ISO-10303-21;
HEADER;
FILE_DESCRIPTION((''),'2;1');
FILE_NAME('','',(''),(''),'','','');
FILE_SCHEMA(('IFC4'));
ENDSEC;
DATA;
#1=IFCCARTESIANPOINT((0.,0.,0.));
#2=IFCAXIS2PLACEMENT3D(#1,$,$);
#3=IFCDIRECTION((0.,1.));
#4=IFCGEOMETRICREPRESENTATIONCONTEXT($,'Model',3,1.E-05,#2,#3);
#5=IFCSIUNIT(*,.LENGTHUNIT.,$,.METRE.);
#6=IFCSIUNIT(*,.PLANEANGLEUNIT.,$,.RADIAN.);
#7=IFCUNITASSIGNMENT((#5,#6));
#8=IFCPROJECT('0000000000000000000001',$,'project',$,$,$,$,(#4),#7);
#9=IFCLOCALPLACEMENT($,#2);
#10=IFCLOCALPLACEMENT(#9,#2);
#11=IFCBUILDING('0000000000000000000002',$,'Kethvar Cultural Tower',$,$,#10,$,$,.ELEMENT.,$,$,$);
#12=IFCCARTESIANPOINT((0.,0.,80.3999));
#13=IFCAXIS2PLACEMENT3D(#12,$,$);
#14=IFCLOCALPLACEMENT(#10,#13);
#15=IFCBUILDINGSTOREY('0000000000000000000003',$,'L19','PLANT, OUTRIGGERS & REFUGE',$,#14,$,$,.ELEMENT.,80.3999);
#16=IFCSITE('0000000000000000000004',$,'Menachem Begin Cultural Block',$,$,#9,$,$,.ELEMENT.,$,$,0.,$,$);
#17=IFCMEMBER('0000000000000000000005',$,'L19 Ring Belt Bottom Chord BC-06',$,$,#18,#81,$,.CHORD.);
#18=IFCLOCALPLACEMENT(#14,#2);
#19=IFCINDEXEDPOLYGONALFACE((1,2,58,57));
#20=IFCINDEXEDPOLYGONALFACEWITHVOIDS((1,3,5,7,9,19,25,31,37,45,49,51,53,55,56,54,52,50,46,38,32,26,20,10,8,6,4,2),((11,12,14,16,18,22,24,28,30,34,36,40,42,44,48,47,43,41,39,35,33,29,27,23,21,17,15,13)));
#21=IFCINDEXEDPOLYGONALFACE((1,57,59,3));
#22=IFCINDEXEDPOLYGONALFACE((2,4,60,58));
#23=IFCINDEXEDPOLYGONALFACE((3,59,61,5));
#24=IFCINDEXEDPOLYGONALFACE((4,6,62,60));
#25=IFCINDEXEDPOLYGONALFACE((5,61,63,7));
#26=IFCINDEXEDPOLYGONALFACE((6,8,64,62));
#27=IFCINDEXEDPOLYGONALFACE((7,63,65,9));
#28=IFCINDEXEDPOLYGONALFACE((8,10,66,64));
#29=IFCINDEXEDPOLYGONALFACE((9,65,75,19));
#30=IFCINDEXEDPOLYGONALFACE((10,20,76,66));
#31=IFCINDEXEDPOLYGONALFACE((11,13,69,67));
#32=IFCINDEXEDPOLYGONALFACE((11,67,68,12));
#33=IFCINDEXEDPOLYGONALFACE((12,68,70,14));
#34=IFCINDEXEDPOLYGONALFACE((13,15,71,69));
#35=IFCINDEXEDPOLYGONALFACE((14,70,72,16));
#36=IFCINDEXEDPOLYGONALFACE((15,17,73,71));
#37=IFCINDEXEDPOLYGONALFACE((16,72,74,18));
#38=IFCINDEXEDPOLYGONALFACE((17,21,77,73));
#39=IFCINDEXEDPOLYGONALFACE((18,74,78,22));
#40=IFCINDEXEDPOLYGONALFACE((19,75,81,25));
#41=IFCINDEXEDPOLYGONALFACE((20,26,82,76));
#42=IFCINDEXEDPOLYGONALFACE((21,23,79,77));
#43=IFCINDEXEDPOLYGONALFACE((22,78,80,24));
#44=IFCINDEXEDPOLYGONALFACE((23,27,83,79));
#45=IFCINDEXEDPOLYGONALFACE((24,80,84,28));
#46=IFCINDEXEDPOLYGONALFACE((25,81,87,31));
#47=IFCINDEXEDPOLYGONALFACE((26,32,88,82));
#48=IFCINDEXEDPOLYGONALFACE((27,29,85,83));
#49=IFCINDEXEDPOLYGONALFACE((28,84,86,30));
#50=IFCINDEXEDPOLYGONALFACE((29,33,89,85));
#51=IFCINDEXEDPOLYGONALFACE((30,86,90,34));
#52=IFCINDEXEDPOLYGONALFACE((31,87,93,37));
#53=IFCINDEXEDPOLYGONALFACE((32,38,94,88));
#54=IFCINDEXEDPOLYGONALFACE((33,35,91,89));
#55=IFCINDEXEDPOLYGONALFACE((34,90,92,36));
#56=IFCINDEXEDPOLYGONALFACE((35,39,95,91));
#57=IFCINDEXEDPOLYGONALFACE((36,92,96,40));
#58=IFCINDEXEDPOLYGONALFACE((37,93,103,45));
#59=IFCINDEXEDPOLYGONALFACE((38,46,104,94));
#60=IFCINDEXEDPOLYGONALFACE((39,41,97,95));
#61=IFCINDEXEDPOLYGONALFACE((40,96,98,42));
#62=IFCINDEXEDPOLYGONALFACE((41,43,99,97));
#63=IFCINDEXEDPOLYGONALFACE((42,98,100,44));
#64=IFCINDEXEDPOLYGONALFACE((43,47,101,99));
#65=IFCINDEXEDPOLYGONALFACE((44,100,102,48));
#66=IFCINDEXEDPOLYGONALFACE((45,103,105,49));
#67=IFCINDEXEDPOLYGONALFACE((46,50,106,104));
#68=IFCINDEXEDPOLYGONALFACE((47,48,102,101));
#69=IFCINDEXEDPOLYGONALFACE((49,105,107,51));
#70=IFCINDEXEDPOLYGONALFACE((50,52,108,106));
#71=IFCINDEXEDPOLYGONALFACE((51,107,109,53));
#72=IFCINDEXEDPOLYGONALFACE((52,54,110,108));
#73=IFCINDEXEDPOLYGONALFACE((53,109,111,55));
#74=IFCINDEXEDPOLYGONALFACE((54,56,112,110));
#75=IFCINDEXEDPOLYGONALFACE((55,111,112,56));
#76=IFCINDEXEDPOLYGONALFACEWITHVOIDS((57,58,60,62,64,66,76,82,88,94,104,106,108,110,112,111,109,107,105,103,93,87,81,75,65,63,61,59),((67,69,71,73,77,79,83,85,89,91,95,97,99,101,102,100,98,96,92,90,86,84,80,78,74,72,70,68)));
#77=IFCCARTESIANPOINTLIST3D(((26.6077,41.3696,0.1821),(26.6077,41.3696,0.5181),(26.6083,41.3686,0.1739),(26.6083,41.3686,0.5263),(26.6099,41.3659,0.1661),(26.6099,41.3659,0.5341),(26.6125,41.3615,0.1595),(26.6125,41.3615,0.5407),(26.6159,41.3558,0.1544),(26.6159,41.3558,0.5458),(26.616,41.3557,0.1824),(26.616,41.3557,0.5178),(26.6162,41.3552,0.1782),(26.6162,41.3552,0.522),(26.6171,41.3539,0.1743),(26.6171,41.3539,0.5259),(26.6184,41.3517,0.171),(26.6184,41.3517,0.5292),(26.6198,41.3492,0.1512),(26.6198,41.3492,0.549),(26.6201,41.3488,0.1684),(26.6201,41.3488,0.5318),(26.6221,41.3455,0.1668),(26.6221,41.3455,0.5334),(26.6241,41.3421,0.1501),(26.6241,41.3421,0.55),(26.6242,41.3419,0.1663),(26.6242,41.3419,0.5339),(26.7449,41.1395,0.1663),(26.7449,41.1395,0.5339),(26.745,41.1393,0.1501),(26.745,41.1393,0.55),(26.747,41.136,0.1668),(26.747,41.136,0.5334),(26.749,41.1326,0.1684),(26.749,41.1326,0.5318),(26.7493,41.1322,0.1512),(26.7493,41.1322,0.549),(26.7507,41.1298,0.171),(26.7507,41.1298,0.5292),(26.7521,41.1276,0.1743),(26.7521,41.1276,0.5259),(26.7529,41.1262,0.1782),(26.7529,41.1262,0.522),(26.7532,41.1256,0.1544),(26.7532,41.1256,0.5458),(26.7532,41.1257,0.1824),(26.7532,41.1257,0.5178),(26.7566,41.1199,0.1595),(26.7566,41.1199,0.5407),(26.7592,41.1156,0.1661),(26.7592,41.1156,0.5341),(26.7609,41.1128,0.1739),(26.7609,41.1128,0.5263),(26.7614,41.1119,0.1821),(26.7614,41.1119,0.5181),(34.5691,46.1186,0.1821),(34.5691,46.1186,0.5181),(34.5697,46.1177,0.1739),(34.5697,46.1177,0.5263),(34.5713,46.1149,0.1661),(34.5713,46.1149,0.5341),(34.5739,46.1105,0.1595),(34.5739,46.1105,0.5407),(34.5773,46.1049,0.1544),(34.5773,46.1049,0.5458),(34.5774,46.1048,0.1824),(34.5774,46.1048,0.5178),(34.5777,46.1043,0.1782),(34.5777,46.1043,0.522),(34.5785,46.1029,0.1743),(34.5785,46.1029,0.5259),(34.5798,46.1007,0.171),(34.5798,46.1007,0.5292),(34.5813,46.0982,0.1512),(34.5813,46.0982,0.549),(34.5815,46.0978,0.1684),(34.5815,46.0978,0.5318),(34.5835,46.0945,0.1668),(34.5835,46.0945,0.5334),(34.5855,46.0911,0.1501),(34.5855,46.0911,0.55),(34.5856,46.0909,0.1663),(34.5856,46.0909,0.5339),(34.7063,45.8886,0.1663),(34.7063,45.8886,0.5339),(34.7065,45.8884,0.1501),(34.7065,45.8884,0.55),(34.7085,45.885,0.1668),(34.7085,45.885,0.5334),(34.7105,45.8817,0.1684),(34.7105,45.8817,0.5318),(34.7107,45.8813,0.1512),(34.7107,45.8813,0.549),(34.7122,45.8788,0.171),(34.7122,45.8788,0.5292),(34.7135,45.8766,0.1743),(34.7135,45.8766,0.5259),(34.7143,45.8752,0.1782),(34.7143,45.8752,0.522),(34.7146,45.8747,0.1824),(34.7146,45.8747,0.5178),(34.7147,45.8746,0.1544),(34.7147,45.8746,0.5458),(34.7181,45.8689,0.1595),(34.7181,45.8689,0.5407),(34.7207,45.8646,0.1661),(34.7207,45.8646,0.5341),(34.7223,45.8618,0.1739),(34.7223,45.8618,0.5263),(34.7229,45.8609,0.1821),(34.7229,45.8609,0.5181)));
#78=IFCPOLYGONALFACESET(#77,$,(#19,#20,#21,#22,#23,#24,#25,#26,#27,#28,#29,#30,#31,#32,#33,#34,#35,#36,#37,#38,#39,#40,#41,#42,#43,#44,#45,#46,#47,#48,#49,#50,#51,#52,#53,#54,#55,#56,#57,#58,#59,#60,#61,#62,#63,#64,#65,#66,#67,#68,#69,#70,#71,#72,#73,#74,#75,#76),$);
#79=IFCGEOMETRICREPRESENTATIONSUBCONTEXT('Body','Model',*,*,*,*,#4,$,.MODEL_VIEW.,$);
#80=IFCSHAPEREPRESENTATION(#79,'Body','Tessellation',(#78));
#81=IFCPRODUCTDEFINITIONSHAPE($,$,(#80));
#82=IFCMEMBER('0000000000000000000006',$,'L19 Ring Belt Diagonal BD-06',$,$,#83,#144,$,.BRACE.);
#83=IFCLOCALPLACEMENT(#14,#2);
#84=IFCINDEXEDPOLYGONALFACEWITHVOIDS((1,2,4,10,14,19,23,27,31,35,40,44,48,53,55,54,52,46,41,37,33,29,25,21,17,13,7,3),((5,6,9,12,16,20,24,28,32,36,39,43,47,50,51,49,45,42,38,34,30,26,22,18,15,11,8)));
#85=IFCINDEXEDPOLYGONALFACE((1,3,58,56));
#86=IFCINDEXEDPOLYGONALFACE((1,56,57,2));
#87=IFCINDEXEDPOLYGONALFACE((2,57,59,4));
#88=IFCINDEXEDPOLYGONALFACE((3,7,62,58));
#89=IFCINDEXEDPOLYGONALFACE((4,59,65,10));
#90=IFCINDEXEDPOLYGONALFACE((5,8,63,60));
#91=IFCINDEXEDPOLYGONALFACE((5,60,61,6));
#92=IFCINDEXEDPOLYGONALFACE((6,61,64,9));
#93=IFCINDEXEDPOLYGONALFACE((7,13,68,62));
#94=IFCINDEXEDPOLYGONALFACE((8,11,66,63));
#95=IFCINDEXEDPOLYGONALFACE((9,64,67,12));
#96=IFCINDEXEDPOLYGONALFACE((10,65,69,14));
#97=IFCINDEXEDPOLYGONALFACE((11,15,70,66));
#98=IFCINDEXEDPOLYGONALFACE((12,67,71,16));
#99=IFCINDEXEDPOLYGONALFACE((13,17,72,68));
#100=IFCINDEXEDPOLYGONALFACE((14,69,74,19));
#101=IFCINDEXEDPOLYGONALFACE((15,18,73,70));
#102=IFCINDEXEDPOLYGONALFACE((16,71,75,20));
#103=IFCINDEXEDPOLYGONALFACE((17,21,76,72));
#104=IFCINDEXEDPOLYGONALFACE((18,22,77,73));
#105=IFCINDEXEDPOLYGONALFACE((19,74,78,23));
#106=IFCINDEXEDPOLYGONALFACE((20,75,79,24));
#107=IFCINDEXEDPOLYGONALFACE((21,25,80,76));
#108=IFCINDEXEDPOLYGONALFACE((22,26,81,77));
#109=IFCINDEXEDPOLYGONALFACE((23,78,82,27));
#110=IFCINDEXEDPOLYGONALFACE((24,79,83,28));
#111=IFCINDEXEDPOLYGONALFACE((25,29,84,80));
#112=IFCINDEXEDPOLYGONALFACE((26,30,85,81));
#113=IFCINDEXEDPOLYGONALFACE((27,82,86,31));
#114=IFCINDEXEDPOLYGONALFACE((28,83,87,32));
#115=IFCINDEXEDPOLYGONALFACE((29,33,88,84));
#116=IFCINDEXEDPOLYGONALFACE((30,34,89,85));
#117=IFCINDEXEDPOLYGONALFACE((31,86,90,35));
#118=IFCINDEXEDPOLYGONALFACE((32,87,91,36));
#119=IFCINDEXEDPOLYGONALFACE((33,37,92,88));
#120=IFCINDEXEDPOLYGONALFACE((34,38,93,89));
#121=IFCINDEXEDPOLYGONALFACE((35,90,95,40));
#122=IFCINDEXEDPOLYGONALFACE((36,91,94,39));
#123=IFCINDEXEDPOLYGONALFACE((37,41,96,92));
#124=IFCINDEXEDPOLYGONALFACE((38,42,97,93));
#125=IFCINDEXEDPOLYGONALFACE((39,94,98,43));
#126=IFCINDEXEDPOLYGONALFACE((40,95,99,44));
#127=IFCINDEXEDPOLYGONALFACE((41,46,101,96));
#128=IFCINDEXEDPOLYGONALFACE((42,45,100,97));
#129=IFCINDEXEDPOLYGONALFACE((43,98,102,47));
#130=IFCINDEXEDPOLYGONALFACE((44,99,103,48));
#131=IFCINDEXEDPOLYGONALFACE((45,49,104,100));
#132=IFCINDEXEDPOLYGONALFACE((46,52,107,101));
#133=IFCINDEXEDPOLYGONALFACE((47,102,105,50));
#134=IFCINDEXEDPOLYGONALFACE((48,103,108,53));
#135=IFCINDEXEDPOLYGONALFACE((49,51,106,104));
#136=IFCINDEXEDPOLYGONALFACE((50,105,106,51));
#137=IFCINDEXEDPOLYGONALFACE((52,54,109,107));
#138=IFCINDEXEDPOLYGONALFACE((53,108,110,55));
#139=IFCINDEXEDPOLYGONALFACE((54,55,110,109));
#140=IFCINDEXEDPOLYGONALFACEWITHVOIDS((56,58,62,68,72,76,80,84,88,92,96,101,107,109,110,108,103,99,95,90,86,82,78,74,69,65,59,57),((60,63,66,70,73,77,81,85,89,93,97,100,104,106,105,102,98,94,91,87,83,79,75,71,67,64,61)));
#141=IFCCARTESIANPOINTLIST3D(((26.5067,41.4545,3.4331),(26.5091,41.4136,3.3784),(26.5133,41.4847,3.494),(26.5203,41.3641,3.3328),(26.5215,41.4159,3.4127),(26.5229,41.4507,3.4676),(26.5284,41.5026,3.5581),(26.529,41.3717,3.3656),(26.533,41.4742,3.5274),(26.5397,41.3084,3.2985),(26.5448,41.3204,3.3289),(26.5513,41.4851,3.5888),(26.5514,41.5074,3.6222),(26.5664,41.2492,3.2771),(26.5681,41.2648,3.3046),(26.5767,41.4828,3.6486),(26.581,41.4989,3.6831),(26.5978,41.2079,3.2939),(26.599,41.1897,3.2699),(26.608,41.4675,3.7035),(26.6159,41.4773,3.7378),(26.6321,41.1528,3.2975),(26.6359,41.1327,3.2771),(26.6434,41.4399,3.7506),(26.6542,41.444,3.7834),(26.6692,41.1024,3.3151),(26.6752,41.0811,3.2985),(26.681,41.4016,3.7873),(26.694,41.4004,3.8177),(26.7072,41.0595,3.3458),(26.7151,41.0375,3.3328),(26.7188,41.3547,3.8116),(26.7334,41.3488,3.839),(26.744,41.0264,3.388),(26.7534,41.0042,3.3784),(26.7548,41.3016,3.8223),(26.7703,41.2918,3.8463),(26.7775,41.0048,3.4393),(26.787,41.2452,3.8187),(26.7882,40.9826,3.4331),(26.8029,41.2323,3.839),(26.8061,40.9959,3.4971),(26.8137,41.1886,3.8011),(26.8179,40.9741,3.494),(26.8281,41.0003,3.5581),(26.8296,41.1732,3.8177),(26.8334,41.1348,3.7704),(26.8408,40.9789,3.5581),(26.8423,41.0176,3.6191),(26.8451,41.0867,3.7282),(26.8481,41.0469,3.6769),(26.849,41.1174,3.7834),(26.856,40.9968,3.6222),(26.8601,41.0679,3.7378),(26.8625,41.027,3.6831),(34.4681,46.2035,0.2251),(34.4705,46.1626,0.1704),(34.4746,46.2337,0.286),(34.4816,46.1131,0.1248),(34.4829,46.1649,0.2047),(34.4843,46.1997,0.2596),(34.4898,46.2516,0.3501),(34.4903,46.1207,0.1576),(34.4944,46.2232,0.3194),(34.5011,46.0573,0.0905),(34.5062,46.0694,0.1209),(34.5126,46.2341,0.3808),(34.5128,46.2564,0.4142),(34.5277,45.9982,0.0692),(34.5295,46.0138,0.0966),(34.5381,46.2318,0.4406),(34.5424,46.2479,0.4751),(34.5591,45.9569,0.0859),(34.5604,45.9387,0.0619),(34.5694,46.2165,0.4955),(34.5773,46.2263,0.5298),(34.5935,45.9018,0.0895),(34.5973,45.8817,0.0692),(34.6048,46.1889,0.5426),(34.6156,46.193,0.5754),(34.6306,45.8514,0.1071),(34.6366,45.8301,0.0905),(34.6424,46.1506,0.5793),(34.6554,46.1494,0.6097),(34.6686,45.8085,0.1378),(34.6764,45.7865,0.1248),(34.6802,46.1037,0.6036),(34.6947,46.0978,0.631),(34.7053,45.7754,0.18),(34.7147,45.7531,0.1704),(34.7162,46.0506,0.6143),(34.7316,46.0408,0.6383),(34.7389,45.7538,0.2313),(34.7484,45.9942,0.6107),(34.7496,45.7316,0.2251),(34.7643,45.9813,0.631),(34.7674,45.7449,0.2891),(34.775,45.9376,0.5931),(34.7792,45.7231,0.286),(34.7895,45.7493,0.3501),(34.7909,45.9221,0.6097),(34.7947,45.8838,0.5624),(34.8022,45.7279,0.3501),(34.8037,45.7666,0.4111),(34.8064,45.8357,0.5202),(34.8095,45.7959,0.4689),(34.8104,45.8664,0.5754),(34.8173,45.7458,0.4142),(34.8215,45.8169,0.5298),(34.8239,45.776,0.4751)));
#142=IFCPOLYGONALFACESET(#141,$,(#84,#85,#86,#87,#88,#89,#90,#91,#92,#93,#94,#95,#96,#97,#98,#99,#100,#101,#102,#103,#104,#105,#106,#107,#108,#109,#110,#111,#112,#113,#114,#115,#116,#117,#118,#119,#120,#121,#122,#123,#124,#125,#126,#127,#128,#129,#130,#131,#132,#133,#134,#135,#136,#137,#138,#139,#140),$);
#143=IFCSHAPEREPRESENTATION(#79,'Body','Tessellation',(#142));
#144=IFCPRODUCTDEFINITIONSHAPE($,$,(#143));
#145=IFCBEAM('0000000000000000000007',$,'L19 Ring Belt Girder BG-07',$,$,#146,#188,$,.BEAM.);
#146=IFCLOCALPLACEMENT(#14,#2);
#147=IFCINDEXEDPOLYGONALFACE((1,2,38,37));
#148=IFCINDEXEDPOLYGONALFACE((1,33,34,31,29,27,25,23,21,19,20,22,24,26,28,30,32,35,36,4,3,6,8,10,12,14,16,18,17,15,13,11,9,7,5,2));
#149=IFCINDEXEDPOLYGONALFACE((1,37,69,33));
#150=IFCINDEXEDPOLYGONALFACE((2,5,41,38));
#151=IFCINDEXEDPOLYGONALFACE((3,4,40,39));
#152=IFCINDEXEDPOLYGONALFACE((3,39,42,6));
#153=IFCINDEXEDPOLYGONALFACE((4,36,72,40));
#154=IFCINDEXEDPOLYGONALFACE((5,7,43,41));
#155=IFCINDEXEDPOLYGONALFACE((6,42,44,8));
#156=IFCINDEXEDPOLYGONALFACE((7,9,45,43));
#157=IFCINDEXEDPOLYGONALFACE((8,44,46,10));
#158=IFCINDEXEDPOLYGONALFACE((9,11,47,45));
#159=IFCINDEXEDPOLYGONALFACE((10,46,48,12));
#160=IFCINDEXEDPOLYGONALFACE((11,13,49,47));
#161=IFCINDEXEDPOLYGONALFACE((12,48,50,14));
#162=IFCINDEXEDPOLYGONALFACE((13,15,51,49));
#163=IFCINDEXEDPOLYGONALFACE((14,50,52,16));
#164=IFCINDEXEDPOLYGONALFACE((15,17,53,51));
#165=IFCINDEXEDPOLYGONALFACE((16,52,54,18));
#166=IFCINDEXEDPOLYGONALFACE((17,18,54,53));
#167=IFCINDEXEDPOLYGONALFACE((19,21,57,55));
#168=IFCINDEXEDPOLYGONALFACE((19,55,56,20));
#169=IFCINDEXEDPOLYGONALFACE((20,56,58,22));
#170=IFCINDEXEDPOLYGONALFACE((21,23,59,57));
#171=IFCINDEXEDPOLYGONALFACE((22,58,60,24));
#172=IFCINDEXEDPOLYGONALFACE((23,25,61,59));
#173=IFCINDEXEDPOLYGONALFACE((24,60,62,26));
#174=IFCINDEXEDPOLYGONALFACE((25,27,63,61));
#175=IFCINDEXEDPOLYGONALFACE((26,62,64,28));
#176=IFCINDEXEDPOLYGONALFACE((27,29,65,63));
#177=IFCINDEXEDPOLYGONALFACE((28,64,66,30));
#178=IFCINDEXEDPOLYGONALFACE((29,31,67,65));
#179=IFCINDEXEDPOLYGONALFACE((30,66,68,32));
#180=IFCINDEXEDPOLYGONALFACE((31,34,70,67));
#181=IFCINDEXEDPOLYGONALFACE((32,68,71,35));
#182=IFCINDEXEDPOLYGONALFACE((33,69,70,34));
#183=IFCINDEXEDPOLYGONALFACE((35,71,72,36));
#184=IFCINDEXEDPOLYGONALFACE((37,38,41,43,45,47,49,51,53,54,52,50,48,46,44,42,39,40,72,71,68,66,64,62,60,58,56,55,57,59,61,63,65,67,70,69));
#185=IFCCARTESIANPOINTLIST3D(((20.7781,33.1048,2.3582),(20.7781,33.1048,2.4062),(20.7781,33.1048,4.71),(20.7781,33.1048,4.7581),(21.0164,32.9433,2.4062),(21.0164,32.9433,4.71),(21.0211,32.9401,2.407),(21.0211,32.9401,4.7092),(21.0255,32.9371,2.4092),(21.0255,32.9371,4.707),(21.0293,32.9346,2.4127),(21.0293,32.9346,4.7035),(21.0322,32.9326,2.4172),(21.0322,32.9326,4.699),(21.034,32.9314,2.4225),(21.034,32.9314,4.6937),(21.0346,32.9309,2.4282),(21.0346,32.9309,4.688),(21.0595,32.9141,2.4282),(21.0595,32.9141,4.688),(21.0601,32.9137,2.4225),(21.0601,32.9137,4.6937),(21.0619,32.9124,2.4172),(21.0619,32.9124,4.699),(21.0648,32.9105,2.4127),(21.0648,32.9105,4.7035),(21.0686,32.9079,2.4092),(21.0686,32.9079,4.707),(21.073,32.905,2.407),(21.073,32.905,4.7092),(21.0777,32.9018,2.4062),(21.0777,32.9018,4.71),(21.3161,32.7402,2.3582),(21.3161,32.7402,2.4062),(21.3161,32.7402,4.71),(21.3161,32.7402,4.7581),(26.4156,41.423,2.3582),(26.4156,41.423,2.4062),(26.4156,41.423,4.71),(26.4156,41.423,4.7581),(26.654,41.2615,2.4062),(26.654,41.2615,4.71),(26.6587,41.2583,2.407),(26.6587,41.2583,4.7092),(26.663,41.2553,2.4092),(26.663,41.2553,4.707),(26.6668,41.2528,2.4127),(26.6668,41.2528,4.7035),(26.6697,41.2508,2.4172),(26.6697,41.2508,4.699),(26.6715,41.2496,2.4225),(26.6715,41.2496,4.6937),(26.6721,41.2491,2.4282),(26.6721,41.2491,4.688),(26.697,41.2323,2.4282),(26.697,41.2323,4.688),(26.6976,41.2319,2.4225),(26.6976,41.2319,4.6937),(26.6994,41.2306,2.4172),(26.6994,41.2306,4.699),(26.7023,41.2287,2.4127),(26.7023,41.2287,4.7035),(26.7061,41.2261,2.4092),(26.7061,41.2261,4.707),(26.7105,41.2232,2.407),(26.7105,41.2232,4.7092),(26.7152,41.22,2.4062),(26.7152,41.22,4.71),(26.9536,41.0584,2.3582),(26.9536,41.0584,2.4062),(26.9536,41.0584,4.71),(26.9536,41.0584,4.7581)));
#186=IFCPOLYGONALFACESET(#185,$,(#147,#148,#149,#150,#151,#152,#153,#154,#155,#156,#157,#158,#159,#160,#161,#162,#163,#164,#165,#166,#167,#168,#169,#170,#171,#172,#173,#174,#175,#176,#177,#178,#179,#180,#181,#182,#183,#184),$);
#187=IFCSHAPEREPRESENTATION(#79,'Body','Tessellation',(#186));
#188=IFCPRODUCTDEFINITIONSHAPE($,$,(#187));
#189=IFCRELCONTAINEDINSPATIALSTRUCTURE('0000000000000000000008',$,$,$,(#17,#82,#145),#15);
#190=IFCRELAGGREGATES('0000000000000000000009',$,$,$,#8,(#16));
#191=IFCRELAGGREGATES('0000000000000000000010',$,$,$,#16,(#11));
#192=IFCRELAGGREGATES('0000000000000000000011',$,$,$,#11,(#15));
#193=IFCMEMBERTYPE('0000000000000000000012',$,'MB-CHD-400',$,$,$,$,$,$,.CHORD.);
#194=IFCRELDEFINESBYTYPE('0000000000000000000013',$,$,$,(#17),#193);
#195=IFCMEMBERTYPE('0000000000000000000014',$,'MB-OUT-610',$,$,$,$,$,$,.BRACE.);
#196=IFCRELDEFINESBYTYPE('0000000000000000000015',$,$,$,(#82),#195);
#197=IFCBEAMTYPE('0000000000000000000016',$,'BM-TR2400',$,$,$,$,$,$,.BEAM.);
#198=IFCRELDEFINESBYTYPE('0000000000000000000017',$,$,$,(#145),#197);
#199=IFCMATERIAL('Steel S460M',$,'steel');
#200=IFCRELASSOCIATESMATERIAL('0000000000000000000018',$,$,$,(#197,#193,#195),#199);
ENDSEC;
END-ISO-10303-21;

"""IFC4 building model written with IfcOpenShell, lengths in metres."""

from ifc_helpers import new_model, si_unit, direction, frame, origin, origin_2d, place, context, subcontext, project, spatial, hollow_rectangle, hollow_circle, i_section, extrude, source, transform, mapped, material, material_profile, profile_set, type_object, element, save


model = new_model("IFC4")

# Units and contexts
model_context = context("Model", 3, precision=1e-05, world=origin(), true_north=direction((0.0, 1.0)))
body_context = subcontext(model_context, "Body", "Model", "MODEL_VIEW")
ifc_project = project(units=[si_unit("LENGTHUNIT", "METRE"), si_unit("PLANEANGLEUNIT", "RADIAN")], contexts=[model_context])

# Site, building, storey
site_placement = place(None, origin())
site = spatial("IfcSite", under=ifc_project, at=site_placement, Name="Menachem Begin Cultural Block", CompositionType="ELEMENT", RefElevation=0.0)
building_placement = place(site_placement, origin())
building = spatial("IfcBuilding", under=site, at=building_placement, Name="Kethvar Cultural Tower", CompositionType="ELEMENT")
storey_placement = place(building_placement, frame((0.0, 0.0, 80.3999)))
storey = spatial("IfcBuildingStorey", under=building, at=storey_placement, Name="L19", Description="PLANT, OUTRIGGERS & REFUGE", CompositionType="ELEMENT", Elevation=80.3999)

# Shared definitions
ifc_material_1 = material(Name="Steel S460M", Category="steel")

# Shared definitions
ifc_material_profile_1 = material_profile(ifc_material_1, i_section(OverallWidth=0.6499, OverallDepth=2.3999, WebThickness=0.03, FlangeThickness=0.0481, FilletRadius=0.022, at=origin_2d()), Name="Steel S460M — PG2400x650x48x30")
ifc_profile_set_1 = profile_set([ifc_material_profile_1], Name="Steel S460M — PG2400x650x48x30")
beam_type = type_object("IfcBeamType", Name="BM-TR2400", PredefinedType="BEAM", material=ifc_profile_set_1)

# Members
ifc_material_profile_2 = material_profile(ifc_material_1, hollow_rectangle(XDim=0.3, YDim=0.3999, WallThickness=0.0161, InnerFilletRadius=0.0161, OuterFilletRadius=0.032, at=origin_2d()), Name="Steel S460M — RHS400x300x16")
ifc_profile_set_2 = profile_set([ifc_material_profile_2], Name="Steel S460M — RHS400x300x16")
member_type_1 = type_object("IfcMemberType", Name="MB-CHD-400", PredefinedType="CHORD", material=ifc_profile_set_2)
shared_shape_1 = source(origin(), body_context, "Body", "SweptSolid", [
    extrude(hollow_rectangle(XDim=0.3, YDim=0.3999, WallThickness=0.0161, InnerFilletRadius=0.0161, OuterFilletRadius=0.032, at=origin_2d()), origin(), (0.0, 0.0, 1.0), 9.2703),
])
member_1_placement = place(storey_placement, frame((34.646, 45.9897, 0.3501), z_axis=(-0.858815, -0.512286, 0.0), x_axis=(0.512286, -0.858815, 0.0)))
element("IfcMember", 1, at=member_1_placement, inside=storey, type_object=member_type_1, Name="L19 Ring Belt Bottom Chord BC-06", PredefinedType="CHORD", context=body_context, shape_type="MappedRepresentation", body=[
    mapped(shared_shape_1, transform((0.0, 0.0, 0.0), scale=1.0)),
])
ifc_material_profile_3 = material_profile(ifc_material_1, hollow_circle(Radius=0.3049, WallThickness=0.0249, at=origin_2d()), Name="Steel S460M — CHS610x25")
ifc_profile_set_3 = profile_set([ifc_material_profile_3], Name="Steel S460M — CHS610x25")
member_type_2 = type_object("IfcMemberType", Name="MB-OUT-610", PredefinedType="BRACE", material=ifc_profile_set_3)
shared_shape_2 = source(origin(), body_context, "Body", "SweptSolid", [
    extrude(hollow_circle(Radius=0.3049, WallThickness=0.0249, at=origin_2d()), origin(), (0.0, 0.0, 1.0), 9.8096),
])
member_2_placement = place(storey_placement, frame((34.646, 45.9897, 0.3501), z_axis=(-0.811593, -0.484119, 0.327026), x_axis=(0.512286, -0.858815, 0.0)))
element("IfcMember", 2, at=member_2_placement, inside=storey, type_object=member_type_2, Name="L19 Ring Belt Diagonal BD-06", PredefinedType="BRACE", context=body_context, shape_type="MappedRepresentation", body=[
    mapped(shared_shape_2, transform((0.0, 0.0, 0.0), scale=1.0)),
])

# Beam
shared_shape_3 = source(origin(), body_context, "Body", "SweptSolid", [
    extrude(i_section(OverallWidth=0.6499, OverallDepth=2.3999, WebThickness=0.03, FlangeThickness=0.0481, FilletRadius=0.022, at=origin_2d()), origin(), (0.0, 0.0, 1.0), 10.0486),
])
beam_1_placement = place(storey_placement, frame((26.6846, 41.2407, 3.5581), z_axis=(-0.561025, -0.827799, 0.0), x_axis=(0.827799, -0.561025, 0.0)))
element("IfcBeam", 3, at=beam_1_placement, inside=storey, type_object=beam_type, Name="L19 Ring Belt Girder BG-07", PredefinedType="BEAM", context=body_context, shape_type="MappedRepresentation", body=[
    mapped(shared_shape_3, transform((0.0, 0.0, 0.0), scale=1.0)),
])

save(model, "model.ifc")
